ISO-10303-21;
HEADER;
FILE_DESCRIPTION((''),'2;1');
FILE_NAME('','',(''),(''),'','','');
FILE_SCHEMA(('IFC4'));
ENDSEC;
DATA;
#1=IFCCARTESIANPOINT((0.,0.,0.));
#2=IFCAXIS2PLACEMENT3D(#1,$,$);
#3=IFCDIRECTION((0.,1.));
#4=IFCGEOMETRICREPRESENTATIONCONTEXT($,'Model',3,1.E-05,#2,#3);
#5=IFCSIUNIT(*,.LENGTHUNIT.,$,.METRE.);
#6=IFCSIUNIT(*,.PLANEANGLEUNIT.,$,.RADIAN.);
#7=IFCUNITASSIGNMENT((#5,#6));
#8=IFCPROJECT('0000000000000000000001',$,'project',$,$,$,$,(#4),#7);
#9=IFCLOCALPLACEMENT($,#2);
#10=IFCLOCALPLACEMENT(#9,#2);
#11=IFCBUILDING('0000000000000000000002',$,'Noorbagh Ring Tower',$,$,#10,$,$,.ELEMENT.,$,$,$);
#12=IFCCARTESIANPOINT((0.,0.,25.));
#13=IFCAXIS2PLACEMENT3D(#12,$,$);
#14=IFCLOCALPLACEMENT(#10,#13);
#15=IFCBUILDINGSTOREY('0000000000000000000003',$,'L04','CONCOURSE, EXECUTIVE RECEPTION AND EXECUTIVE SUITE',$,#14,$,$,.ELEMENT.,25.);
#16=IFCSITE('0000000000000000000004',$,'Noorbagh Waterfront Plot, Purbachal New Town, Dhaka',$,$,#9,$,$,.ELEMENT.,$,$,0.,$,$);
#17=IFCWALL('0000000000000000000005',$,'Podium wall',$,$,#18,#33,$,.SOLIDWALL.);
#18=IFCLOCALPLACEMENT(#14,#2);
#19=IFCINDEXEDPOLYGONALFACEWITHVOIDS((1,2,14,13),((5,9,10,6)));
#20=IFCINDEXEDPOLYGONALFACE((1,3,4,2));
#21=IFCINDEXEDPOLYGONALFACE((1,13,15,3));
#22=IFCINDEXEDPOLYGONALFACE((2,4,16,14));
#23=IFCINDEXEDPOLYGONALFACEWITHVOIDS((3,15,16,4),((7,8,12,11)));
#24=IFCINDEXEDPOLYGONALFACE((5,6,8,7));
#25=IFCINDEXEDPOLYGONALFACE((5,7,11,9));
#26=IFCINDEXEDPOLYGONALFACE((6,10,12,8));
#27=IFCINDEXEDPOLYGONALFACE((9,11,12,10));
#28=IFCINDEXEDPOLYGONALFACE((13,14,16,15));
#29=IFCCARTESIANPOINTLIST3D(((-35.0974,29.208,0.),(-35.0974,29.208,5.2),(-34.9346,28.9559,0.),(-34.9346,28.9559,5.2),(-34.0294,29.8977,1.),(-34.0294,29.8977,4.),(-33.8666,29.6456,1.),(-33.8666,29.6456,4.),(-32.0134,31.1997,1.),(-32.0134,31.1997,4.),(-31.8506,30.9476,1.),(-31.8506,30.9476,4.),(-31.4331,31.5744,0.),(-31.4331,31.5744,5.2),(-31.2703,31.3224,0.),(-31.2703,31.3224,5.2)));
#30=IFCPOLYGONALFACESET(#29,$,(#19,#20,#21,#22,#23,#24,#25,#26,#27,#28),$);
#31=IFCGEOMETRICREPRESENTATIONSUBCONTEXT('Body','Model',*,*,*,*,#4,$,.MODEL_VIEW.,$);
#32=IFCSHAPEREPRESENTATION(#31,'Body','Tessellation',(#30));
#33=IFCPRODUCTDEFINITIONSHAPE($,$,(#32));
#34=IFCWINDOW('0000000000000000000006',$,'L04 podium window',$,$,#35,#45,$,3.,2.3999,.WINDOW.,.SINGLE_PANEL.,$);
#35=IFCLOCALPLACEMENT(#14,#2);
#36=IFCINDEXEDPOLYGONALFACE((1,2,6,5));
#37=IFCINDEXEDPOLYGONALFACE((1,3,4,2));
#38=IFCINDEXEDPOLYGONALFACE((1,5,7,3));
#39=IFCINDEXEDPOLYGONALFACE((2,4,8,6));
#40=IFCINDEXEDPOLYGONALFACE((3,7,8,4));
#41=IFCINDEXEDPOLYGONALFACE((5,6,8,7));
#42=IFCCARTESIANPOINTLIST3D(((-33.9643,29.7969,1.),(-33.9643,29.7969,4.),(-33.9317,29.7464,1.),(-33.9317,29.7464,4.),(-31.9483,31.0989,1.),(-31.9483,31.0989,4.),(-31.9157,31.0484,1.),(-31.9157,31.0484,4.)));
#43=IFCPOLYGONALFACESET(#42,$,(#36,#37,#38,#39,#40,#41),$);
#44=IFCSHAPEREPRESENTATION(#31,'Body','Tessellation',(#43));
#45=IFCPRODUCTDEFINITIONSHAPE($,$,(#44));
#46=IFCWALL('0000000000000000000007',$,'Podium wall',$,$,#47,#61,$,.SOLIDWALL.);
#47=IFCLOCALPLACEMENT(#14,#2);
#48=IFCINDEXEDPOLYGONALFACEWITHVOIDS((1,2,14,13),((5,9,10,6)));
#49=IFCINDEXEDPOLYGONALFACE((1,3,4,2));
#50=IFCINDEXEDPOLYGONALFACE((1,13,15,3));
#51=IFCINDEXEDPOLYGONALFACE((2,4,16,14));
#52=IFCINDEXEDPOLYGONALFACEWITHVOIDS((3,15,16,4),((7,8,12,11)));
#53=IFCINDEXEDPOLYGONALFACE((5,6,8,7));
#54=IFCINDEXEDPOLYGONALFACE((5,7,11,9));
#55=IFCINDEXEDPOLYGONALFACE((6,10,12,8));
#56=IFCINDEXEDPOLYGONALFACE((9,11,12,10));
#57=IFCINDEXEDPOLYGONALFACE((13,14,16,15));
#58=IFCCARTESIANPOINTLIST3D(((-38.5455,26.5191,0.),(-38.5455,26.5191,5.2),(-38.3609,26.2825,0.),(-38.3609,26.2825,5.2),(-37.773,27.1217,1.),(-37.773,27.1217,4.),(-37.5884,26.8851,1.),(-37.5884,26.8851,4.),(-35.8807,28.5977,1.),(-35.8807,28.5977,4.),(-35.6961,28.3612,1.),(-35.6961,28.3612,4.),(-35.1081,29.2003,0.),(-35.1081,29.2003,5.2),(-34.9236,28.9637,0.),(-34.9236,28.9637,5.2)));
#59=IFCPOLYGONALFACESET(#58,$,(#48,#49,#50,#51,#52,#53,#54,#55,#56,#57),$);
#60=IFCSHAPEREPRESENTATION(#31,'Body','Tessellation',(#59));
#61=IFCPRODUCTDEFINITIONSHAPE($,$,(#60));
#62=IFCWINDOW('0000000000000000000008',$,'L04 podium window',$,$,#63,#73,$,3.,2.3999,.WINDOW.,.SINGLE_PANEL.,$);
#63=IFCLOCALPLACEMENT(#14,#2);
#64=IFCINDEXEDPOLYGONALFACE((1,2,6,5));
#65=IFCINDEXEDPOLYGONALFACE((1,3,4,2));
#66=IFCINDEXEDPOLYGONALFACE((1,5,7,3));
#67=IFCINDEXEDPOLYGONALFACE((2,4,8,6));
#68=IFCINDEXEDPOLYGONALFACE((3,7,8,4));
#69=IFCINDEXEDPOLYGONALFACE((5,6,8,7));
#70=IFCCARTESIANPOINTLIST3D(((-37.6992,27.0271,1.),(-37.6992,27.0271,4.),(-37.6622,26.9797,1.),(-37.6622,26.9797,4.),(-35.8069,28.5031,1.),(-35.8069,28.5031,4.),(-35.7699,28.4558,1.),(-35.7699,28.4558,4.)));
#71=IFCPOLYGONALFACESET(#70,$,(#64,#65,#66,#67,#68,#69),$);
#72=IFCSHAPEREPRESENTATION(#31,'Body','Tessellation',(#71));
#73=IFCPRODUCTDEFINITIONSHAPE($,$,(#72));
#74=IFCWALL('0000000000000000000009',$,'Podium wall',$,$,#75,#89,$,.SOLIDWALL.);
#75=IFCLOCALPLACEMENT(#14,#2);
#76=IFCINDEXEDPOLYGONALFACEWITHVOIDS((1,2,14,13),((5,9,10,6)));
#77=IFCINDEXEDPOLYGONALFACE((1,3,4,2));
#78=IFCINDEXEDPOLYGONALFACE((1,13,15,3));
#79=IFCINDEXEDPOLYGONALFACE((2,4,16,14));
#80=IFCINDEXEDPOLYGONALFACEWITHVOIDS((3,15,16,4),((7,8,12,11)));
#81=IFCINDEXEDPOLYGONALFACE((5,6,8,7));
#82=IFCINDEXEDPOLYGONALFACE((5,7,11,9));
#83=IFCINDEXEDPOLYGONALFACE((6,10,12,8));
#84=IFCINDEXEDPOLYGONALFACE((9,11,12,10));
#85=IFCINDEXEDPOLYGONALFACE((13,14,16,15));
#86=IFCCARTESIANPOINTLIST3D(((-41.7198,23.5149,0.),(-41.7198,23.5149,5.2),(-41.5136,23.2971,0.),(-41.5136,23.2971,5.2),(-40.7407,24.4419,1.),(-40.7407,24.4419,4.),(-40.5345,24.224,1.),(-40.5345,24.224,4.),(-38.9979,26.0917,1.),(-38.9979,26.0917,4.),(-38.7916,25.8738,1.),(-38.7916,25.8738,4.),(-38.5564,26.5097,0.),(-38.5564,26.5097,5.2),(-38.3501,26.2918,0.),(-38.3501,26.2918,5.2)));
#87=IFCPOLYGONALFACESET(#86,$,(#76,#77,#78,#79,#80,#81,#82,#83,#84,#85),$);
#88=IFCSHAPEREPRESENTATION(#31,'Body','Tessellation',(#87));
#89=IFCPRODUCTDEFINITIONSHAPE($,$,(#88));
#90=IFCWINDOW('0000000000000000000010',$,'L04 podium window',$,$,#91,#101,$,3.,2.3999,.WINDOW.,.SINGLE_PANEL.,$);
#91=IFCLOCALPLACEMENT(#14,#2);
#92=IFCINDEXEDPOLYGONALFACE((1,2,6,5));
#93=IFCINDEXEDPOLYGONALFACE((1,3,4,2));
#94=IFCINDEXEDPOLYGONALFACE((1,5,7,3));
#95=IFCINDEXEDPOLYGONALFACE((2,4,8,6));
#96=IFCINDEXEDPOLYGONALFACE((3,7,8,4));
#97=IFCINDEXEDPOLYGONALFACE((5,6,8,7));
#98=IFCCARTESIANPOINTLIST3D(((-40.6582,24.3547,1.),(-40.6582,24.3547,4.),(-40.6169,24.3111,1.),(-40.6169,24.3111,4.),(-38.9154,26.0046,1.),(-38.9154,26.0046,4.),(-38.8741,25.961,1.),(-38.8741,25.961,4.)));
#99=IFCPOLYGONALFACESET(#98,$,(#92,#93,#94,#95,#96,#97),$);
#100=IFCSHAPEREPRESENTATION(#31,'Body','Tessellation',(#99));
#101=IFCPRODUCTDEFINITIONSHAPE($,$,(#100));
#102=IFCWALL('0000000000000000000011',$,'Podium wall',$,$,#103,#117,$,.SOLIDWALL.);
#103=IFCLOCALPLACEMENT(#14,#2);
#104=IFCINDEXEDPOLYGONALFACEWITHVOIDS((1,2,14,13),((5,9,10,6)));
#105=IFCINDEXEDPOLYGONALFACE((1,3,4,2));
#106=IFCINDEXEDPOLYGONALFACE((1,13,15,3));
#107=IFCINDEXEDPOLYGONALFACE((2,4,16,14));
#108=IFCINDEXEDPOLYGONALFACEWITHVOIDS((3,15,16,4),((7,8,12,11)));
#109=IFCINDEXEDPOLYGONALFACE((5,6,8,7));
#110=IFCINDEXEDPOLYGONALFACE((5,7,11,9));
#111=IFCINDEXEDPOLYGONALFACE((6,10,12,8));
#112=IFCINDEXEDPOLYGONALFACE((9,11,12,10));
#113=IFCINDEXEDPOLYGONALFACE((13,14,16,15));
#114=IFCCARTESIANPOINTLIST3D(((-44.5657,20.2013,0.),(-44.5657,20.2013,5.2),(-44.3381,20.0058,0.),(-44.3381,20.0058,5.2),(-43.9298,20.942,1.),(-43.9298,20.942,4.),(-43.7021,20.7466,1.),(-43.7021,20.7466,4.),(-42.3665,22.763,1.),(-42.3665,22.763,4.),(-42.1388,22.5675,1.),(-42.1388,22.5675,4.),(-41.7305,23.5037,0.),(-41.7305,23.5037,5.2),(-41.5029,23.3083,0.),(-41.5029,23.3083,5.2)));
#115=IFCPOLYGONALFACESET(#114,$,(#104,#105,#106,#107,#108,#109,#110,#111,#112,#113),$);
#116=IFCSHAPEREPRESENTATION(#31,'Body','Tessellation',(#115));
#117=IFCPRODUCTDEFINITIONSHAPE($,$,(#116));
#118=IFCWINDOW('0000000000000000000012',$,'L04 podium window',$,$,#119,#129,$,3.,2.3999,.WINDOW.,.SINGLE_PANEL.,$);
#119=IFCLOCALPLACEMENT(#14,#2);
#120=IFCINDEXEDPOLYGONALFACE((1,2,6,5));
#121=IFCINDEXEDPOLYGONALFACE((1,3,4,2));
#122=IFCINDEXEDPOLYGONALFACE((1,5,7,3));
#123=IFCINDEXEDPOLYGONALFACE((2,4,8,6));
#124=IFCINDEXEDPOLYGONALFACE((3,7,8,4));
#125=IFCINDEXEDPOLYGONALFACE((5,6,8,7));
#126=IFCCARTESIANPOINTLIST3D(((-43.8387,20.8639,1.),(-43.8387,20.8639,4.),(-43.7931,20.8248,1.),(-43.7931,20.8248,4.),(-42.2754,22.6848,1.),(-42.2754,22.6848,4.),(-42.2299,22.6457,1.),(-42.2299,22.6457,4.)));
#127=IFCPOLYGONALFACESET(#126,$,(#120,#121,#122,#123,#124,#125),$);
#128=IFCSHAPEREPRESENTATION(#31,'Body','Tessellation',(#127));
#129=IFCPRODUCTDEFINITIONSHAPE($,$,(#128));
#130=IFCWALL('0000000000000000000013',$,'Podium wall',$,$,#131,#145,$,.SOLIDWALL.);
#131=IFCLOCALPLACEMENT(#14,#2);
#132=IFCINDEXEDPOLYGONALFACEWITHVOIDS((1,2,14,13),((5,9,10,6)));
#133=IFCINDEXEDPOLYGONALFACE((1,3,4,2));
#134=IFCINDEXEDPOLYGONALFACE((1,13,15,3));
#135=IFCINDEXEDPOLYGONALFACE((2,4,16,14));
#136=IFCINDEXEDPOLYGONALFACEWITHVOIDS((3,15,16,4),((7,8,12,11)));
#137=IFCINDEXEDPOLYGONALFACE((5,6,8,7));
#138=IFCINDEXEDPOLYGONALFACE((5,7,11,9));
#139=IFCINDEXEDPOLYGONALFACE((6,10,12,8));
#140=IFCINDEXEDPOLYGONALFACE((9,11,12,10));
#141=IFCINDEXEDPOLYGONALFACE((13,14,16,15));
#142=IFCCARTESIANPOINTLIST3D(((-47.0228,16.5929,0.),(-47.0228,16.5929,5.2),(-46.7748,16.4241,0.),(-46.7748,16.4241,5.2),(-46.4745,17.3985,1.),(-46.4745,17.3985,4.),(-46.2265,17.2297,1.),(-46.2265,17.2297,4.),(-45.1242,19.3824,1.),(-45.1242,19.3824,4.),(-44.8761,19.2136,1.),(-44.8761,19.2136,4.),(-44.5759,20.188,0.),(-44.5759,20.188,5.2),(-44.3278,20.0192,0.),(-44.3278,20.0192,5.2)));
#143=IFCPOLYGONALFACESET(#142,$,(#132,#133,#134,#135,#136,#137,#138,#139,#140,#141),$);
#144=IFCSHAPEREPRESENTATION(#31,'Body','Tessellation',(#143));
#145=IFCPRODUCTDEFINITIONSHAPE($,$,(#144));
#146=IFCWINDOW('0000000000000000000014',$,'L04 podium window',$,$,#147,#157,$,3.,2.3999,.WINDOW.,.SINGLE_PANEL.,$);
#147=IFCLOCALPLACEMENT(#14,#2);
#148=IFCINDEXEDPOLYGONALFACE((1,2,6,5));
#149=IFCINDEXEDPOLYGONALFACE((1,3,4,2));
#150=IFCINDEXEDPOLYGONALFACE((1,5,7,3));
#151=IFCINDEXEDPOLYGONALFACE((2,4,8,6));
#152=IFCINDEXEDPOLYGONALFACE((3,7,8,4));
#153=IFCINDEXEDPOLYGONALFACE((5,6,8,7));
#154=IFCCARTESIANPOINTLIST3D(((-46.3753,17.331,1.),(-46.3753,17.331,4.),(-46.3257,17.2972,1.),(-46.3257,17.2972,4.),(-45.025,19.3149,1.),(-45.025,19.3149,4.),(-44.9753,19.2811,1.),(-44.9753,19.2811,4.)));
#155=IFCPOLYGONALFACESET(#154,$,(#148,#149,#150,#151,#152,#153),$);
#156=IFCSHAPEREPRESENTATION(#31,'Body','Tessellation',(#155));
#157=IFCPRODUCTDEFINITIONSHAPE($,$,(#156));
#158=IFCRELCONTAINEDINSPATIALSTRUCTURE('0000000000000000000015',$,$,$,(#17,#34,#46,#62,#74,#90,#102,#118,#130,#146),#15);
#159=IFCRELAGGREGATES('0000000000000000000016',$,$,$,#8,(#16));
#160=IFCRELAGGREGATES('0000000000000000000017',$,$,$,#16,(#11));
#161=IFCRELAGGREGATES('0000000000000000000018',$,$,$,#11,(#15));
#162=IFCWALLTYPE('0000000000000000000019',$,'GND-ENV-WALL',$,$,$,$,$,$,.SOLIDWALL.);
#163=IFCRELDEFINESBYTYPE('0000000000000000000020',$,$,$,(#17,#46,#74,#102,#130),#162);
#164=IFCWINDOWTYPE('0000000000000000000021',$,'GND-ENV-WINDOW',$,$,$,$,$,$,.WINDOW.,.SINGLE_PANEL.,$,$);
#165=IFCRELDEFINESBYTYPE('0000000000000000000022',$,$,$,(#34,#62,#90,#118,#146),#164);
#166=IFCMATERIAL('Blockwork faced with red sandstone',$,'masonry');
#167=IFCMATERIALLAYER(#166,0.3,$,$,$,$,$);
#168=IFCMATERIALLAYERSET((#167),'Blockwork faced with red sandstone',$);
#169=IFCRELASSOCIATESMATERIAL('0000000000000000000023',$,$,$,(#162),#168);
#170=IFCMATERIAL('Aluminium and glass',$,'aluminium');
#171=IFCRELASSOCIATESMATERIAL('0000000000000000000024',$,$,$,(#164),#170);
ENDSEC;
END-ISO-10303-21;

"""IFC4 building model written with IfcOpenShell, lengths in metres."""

from ifc_helpers import new_model, si_unit, direction, frame, frame_2d, origin, place, context, subcontext, project, spatial, rectangle, extrude, material, layer, layer_set, type_object, element, fill, save


model = new_model("IFC4")

# Units and contexts
model_context = context("Model", 3, precision=1e-05, world=origin(), true_north=direction((0.0, 1.0)))
body_context = subcontext(model_context, "Body", "Model", "MODEL_VIEW")
ifc_project = project(units=[si_unit("LENGTHUNIT", "METRE"), si_unit("PLANEANGLEUNIT", "RADIAN")], contexts=[model_context])

# Site, building, storey
site_placement = place(None, origin())
site = spatial("IfcSite", under=ifc_project, at=site_placement, Name="Noorbagh Waterfront Plot, Purbachal New Town, Dhaka", CompositionType="ELEMENT", RefElevation=0.0)
building_placement = place(site_placement, origin())
building = spatial("IfcBuilding", under=site, at=building_placement, Name="Noorbagh Ring Tower", CompositionType="ELEMENT")
storey_placement = place(building_placement, frame((0.0, 0.0, 25.0)))
storey = spatial("IfcBuildingStorey", under=building, at=storey_placement, Name="L04", Description="CONCOURSE, EXECUTIVE RECEPTION AND EXECUTIVE SUITE", CompositionType="ELEMENT", Elevation=25.0)

# Walls, openings, windows
ifc_material_1 = material(Name="Blockwork faced with red sandstone", Category="masonry")
ifc_layer_1 = layer(ifc_material_1, 0.3)
ifc_layer_set_1 = layer_set([ifc_layer_1], Name="Blockwork faced with red sandstone")
wall_type_1 = type_object("IfcWallType", Name="GND-ENV-WALL", PredefinedType="SOLIDWALL", material=ifc_layer_set_1)
wall_1_placement = place(storey_placement, frame((-31.3516, 31.4485, 0.0), z_axis=(0.0, 0.0, 1.0), x_axis=(-0.840047, -0.542513, 0.0)))
wall_1 = element("IfcWall", 1, at=wall_1_placement, inside=storey, type_object=wall_type_1, Name="Podium wall", PredefinedType="SOLIDWALL", context=body_context, shape_type="SweptSolid", body=[
    extrude(rectangle(XDim=4.3621, YDim=0.3, at=frame_2d((2.1812, 0.0))), origin(), (0.0, 0.0, 1.0), 5.2),
])
opening_1_placement = place(wall_1_placement, frame((0.6909, 0.0, 1.0)))
opening_1 = element("IfcOpeningElement", 2, at=opening_1_placement, cuts=wall_1, PredefinedType="OPENING", context=body_context, shape_type="SweptSolid", body=[
    extrude(rectangle(XDim=2.3999, YDim=3.0, at=frame_2d((1.2, 1.5))), frame((0.0, 0.1602, 0.0), z_axis=(0.0, -1.0, 0.0), x_axis=(1.0, 0.0, 0.0)), (0.0, 0.0, 1.0), 0.3201),
])
ifc_material_2 = material(Name="Aluminium and glass", Category="aluminium")
window_type = type_object("IfcWindowType", Name="GND-ENV-WINDOW", PartitioningType="SINGLE_PANEL", PredefinedType="WINDOW", material=ifc_material_2)
window_1_placement = place(opening_1_placement, origin())
window_1 = element("IfcWindow", 3, at=window_1_placement, inside=storey, type_object=window_type, Name="L04 podium window", OverallHeight=3.0, OverallWidth=2.3999, PartitioningType="SINGLE_PANEL", PredefinedType="WINDOW", context=body_context, shape_type="SweptSolid", body=[
    extrude(rectangle(XDim=2.3999, YDim=3.0, at=frame_2d((1.2, 1.5))), frame((0.0, 0.03, 0.0), z_axis=(0.0, -1.0, 0.0), x_axis=(1.0, 0.0, 0.0)), (0.0, 0.0, 1.0), 0.0601),
])
fill(opening_1, window_1)
wall_2_placement = place(storey_placement, frame((-35.0159, 29.082, 0.0), z_axis=(0.0, 0.0, 1.0), x_axis=(-0.788492, -0.615045, 0.0)))
wall_2 = element("IfcWall", 4, at=wall_2_placement, inside=storey, type_object=wall_type_1, Name="Podium wall", PredefinedType="SOLIDWALL", context=body_context, shape_type="SweptSolid", body=[
    extrude(rectangle(XDim=4.3594, YDim=0.3, at=frame_2d((2.1797, 0.0))), origin(), (0.0, 0.0, 1.0), 5.2),
])
opening_2_placement = place(wall_2_placement, frame((0.9797, 0.0, 1.0)))
opening_2 = element("IfcOpeningElement", 5, at=opening_2_placement, cuts=wall_2, PredefinedType="OPENING", context=body_context, shape_type="SweptSolid", body=[
    extrude(rectangle(XDim=2.3999, YDim=3.0, at=frame_2d((1.2, 1.5))), frame((0.0, 0.1602, 0.0), z_axis=(0.0, -1.0, 0.0), x_axis=(1.0, 0.0, 0.0)), (0.0, 0.0, 1.0), 0.3201),
])
window_2_placement = place(opening_2_placement, origin())
window_2 = element("IfcWindow", 6, at=window_2_placement, inside=storey, type_object=window_type, Name="L04 podium window", OverallHeight=3.0, OverallWidth=2.3999, PartitioningType="SINGLE_PANEL", PredefinedType="WINDOW", context=body_context, shape_type="SweptSolid", body=[
    extrude(rectangle(XDim=2.3999, YDim=3.0, at=frame_2d((1.2, 1.5))), frame((0.0, 0.03, 0.0), z_axis=(0.0, -1.0, 0.0), x_axis=(1.0, 0.0, 0.0)), (0.0, 0.0, 1.0), 0.0601),
])
fill(opening_2, window_2)
wall_3_placement = place(storey_placement, frame((-38.4531, 26.4009, 0.0), z_axis=(0.0, 0.0, 1.0), x_axis=(-0.726204, -0.687479, 0.0)))
wall_3 = element("IfcWall", 7, at=wall_3_placement, inside=storey, type_object=wall_type_1, Name="Podium wall", PredefinedType="SOLIDWALL", context=body_context, shape_type="SweptSolid", body=[
    extrude(rectangle(XDim=4.3562, YDim=0.3, at=frame_2d((2.1782, 0.0))), origin(), (0.0, 0.0, 1.0), 5.2),
])
opening_3_placement = place(wall_3_placement, frame((0.6082, 0.0, 1.0)))
opening_3 = element("IfcOpeningElement", 8, at=opening_3_placement, cuts=wall_3, PredefinedType="OPENING", context=body_context, shape_type="SweptSolid", body=[
    extrude(rectangle(XDim=2.3999, YDim=3.0, at=frame_2d((1.2, 1.5))), frame((0.0, 0.1602, 0.0), z_axis=(0.0, -1.0, 0.0), x_axis=(1.0, 0.0, 0.0)), (0.0, 0.0, 1.0), 0.3201),
])
window_3_placement = place(opening_3_placement, origin())
window_3 = element("IfcWindow", 9, at=window_3_placement, inside=storey, type_object=window_type, Name="L04 podium window", OverallHeight=3.0, OverallWidth=2.3999, PartitioningType="SINGLE_PANEL", PredefinedType="WINDOW", context=body_context, shape_type="SweptSolid", body=[
    extrude(rectangle(XDim=2.3999, YDim=3.0, at=frame_2d((1.2, 1.5))), frame((0.0, 0.03, 0.0), z_axis=(0.0, -1.0, 0.0), x_axis=(1.0, 0.0, 0.0)), (0.0, 0.0, 1.0), 0.0601),
])
fill(opening_3, window_3)
wall_4_placement = place(storey_placement, frame((-41.6167, 23.406, 0.0), z_axis=(0.0, 0.0, 1.0), x_axis=(-0.651387, -0.758746, 0.0)))
wall_4 = element("IfcWall", 10, at=wall_4_placement, inside=storey, type_object=wall_type_1, Name="Podium wall", PredefinedType="SOLIDWALL", context=body_context, shape_type="SweptSolid", body=[
    extrude(rectangle(XDim=4.3525, YDim=0.3, at=frame_2d((2.1763, 0.0))), origin(), (0.0, 0.0, 1.0), 5.2),
])
opening_4_placement = place(wall_4_placement, frame((0.9763, 0.0, 1.0)))
opening_4 = element("IfcOpeningElement", 11, at=opening_4_placement, cuts=wall_4, PredefinedType="OPENING", context=body_context, shape_type="SweptSolid", body=[
    extrude(rectangle(XDim=2.3999, YDim=3.0, at=frame_2d((1.2, 1.5))), frame((0.0, 0.1602, 0.0), z_axis=(0.0, -1.0, 0.0), x_axis=(1.0, 0.0, 0.0)), (0.0, 0.0, 1.0), 0.3201),
])
window_4_placement = place(opening_4_placement, origin())
window_4 = element("IfcWindow", 12, at=window_4_placement, inside=storey, type_object=window_type, Name="L04 podium window", OverallHeight=3.0, OverallWidth=2.3999, PartitioningType="SINGLE_PANEL", PredefinedType="WINDOW", context=body_context, shape_type="SweptSolid", body=[
    extrude(rectangle(XDim=2.3999, YDim=3.0, at=frame_2d((1.2, 1.5))), frame((0.0, 0.03, 0.0), z_axis=(0.0, -1.0, 0.0), x_axis=(1.0, 0.0, 0.0)), (0.0, 0.0, 1.0), 0.0601),
])
fill(opening_4, window_4)
wall_5_placement = place(storey_placement, frame((-44.4519, 20.1035, 0.0), z_axis=(0.0, 0.0, 1.0), x_axis=(-0.562668, -0.826683, 0.0)))
wall_5 = element("IfcWall", 13, at=wall_5_placement, inside=storey, type_object=wall_type_1, Name="Podium wall", PredefinedType="SOLIDWALL", context=body_context, shape_type="SweptSolid", body=[
    extrude(rectangle(XDim=4.3489, YDim=0.3, at=frame_2d((2.1743, 0.0))), origin(), (0.0, 0.0, 1.0), 5.2),
])
opening_5_placement = place(wall_5_placement, frame((0.9744, 0.0, 1.0)))
opening_5 = element("IfcOpeningElement", 14, at=opening_5_placement, cuts=wall_5, PredefinedType="OPENING", context=body_context, shape_type="SweptSolid", body=[
    extrude(rectangle(XDim=2.3999, YDim=3.0, at=frame_2d((1.2, 1.5))), frame((0.0, 0.1602, 0.0), z_axis=(0.0, -1.0, 0.0), x_axis=(1.0, 0.0, 0.0)), (0.0, 0.0, 1.0), 0.3201),
])
window_5_placement = place(opening_5_placement, origin())
window_5 = element("IfcWindow", 15, at=window_5_placement, inside=storey, type_object=window_type, Name="L04 podium window", OverallHeight=3.0, OverallWidth=2.3999, PartitioningType="SINGLE_PANEL", PredefinedType="WINDOW", context=body_context, shape_type="SweptSolid", body=[
    extrude(rectangle(XDim=2.3999, YDim=3.0, at=frame_2d((1.2, 1.5))), frame((0.0, 0.03, 0.0), z_axis=(0.0, -1.0, 0.0), x_axis=(1.0, 0.0, 0.0)), (0.0, 0.0, 1.0), 0.0601),
])
fill(opening_5, window_5)

save(model, "model.ifc")
